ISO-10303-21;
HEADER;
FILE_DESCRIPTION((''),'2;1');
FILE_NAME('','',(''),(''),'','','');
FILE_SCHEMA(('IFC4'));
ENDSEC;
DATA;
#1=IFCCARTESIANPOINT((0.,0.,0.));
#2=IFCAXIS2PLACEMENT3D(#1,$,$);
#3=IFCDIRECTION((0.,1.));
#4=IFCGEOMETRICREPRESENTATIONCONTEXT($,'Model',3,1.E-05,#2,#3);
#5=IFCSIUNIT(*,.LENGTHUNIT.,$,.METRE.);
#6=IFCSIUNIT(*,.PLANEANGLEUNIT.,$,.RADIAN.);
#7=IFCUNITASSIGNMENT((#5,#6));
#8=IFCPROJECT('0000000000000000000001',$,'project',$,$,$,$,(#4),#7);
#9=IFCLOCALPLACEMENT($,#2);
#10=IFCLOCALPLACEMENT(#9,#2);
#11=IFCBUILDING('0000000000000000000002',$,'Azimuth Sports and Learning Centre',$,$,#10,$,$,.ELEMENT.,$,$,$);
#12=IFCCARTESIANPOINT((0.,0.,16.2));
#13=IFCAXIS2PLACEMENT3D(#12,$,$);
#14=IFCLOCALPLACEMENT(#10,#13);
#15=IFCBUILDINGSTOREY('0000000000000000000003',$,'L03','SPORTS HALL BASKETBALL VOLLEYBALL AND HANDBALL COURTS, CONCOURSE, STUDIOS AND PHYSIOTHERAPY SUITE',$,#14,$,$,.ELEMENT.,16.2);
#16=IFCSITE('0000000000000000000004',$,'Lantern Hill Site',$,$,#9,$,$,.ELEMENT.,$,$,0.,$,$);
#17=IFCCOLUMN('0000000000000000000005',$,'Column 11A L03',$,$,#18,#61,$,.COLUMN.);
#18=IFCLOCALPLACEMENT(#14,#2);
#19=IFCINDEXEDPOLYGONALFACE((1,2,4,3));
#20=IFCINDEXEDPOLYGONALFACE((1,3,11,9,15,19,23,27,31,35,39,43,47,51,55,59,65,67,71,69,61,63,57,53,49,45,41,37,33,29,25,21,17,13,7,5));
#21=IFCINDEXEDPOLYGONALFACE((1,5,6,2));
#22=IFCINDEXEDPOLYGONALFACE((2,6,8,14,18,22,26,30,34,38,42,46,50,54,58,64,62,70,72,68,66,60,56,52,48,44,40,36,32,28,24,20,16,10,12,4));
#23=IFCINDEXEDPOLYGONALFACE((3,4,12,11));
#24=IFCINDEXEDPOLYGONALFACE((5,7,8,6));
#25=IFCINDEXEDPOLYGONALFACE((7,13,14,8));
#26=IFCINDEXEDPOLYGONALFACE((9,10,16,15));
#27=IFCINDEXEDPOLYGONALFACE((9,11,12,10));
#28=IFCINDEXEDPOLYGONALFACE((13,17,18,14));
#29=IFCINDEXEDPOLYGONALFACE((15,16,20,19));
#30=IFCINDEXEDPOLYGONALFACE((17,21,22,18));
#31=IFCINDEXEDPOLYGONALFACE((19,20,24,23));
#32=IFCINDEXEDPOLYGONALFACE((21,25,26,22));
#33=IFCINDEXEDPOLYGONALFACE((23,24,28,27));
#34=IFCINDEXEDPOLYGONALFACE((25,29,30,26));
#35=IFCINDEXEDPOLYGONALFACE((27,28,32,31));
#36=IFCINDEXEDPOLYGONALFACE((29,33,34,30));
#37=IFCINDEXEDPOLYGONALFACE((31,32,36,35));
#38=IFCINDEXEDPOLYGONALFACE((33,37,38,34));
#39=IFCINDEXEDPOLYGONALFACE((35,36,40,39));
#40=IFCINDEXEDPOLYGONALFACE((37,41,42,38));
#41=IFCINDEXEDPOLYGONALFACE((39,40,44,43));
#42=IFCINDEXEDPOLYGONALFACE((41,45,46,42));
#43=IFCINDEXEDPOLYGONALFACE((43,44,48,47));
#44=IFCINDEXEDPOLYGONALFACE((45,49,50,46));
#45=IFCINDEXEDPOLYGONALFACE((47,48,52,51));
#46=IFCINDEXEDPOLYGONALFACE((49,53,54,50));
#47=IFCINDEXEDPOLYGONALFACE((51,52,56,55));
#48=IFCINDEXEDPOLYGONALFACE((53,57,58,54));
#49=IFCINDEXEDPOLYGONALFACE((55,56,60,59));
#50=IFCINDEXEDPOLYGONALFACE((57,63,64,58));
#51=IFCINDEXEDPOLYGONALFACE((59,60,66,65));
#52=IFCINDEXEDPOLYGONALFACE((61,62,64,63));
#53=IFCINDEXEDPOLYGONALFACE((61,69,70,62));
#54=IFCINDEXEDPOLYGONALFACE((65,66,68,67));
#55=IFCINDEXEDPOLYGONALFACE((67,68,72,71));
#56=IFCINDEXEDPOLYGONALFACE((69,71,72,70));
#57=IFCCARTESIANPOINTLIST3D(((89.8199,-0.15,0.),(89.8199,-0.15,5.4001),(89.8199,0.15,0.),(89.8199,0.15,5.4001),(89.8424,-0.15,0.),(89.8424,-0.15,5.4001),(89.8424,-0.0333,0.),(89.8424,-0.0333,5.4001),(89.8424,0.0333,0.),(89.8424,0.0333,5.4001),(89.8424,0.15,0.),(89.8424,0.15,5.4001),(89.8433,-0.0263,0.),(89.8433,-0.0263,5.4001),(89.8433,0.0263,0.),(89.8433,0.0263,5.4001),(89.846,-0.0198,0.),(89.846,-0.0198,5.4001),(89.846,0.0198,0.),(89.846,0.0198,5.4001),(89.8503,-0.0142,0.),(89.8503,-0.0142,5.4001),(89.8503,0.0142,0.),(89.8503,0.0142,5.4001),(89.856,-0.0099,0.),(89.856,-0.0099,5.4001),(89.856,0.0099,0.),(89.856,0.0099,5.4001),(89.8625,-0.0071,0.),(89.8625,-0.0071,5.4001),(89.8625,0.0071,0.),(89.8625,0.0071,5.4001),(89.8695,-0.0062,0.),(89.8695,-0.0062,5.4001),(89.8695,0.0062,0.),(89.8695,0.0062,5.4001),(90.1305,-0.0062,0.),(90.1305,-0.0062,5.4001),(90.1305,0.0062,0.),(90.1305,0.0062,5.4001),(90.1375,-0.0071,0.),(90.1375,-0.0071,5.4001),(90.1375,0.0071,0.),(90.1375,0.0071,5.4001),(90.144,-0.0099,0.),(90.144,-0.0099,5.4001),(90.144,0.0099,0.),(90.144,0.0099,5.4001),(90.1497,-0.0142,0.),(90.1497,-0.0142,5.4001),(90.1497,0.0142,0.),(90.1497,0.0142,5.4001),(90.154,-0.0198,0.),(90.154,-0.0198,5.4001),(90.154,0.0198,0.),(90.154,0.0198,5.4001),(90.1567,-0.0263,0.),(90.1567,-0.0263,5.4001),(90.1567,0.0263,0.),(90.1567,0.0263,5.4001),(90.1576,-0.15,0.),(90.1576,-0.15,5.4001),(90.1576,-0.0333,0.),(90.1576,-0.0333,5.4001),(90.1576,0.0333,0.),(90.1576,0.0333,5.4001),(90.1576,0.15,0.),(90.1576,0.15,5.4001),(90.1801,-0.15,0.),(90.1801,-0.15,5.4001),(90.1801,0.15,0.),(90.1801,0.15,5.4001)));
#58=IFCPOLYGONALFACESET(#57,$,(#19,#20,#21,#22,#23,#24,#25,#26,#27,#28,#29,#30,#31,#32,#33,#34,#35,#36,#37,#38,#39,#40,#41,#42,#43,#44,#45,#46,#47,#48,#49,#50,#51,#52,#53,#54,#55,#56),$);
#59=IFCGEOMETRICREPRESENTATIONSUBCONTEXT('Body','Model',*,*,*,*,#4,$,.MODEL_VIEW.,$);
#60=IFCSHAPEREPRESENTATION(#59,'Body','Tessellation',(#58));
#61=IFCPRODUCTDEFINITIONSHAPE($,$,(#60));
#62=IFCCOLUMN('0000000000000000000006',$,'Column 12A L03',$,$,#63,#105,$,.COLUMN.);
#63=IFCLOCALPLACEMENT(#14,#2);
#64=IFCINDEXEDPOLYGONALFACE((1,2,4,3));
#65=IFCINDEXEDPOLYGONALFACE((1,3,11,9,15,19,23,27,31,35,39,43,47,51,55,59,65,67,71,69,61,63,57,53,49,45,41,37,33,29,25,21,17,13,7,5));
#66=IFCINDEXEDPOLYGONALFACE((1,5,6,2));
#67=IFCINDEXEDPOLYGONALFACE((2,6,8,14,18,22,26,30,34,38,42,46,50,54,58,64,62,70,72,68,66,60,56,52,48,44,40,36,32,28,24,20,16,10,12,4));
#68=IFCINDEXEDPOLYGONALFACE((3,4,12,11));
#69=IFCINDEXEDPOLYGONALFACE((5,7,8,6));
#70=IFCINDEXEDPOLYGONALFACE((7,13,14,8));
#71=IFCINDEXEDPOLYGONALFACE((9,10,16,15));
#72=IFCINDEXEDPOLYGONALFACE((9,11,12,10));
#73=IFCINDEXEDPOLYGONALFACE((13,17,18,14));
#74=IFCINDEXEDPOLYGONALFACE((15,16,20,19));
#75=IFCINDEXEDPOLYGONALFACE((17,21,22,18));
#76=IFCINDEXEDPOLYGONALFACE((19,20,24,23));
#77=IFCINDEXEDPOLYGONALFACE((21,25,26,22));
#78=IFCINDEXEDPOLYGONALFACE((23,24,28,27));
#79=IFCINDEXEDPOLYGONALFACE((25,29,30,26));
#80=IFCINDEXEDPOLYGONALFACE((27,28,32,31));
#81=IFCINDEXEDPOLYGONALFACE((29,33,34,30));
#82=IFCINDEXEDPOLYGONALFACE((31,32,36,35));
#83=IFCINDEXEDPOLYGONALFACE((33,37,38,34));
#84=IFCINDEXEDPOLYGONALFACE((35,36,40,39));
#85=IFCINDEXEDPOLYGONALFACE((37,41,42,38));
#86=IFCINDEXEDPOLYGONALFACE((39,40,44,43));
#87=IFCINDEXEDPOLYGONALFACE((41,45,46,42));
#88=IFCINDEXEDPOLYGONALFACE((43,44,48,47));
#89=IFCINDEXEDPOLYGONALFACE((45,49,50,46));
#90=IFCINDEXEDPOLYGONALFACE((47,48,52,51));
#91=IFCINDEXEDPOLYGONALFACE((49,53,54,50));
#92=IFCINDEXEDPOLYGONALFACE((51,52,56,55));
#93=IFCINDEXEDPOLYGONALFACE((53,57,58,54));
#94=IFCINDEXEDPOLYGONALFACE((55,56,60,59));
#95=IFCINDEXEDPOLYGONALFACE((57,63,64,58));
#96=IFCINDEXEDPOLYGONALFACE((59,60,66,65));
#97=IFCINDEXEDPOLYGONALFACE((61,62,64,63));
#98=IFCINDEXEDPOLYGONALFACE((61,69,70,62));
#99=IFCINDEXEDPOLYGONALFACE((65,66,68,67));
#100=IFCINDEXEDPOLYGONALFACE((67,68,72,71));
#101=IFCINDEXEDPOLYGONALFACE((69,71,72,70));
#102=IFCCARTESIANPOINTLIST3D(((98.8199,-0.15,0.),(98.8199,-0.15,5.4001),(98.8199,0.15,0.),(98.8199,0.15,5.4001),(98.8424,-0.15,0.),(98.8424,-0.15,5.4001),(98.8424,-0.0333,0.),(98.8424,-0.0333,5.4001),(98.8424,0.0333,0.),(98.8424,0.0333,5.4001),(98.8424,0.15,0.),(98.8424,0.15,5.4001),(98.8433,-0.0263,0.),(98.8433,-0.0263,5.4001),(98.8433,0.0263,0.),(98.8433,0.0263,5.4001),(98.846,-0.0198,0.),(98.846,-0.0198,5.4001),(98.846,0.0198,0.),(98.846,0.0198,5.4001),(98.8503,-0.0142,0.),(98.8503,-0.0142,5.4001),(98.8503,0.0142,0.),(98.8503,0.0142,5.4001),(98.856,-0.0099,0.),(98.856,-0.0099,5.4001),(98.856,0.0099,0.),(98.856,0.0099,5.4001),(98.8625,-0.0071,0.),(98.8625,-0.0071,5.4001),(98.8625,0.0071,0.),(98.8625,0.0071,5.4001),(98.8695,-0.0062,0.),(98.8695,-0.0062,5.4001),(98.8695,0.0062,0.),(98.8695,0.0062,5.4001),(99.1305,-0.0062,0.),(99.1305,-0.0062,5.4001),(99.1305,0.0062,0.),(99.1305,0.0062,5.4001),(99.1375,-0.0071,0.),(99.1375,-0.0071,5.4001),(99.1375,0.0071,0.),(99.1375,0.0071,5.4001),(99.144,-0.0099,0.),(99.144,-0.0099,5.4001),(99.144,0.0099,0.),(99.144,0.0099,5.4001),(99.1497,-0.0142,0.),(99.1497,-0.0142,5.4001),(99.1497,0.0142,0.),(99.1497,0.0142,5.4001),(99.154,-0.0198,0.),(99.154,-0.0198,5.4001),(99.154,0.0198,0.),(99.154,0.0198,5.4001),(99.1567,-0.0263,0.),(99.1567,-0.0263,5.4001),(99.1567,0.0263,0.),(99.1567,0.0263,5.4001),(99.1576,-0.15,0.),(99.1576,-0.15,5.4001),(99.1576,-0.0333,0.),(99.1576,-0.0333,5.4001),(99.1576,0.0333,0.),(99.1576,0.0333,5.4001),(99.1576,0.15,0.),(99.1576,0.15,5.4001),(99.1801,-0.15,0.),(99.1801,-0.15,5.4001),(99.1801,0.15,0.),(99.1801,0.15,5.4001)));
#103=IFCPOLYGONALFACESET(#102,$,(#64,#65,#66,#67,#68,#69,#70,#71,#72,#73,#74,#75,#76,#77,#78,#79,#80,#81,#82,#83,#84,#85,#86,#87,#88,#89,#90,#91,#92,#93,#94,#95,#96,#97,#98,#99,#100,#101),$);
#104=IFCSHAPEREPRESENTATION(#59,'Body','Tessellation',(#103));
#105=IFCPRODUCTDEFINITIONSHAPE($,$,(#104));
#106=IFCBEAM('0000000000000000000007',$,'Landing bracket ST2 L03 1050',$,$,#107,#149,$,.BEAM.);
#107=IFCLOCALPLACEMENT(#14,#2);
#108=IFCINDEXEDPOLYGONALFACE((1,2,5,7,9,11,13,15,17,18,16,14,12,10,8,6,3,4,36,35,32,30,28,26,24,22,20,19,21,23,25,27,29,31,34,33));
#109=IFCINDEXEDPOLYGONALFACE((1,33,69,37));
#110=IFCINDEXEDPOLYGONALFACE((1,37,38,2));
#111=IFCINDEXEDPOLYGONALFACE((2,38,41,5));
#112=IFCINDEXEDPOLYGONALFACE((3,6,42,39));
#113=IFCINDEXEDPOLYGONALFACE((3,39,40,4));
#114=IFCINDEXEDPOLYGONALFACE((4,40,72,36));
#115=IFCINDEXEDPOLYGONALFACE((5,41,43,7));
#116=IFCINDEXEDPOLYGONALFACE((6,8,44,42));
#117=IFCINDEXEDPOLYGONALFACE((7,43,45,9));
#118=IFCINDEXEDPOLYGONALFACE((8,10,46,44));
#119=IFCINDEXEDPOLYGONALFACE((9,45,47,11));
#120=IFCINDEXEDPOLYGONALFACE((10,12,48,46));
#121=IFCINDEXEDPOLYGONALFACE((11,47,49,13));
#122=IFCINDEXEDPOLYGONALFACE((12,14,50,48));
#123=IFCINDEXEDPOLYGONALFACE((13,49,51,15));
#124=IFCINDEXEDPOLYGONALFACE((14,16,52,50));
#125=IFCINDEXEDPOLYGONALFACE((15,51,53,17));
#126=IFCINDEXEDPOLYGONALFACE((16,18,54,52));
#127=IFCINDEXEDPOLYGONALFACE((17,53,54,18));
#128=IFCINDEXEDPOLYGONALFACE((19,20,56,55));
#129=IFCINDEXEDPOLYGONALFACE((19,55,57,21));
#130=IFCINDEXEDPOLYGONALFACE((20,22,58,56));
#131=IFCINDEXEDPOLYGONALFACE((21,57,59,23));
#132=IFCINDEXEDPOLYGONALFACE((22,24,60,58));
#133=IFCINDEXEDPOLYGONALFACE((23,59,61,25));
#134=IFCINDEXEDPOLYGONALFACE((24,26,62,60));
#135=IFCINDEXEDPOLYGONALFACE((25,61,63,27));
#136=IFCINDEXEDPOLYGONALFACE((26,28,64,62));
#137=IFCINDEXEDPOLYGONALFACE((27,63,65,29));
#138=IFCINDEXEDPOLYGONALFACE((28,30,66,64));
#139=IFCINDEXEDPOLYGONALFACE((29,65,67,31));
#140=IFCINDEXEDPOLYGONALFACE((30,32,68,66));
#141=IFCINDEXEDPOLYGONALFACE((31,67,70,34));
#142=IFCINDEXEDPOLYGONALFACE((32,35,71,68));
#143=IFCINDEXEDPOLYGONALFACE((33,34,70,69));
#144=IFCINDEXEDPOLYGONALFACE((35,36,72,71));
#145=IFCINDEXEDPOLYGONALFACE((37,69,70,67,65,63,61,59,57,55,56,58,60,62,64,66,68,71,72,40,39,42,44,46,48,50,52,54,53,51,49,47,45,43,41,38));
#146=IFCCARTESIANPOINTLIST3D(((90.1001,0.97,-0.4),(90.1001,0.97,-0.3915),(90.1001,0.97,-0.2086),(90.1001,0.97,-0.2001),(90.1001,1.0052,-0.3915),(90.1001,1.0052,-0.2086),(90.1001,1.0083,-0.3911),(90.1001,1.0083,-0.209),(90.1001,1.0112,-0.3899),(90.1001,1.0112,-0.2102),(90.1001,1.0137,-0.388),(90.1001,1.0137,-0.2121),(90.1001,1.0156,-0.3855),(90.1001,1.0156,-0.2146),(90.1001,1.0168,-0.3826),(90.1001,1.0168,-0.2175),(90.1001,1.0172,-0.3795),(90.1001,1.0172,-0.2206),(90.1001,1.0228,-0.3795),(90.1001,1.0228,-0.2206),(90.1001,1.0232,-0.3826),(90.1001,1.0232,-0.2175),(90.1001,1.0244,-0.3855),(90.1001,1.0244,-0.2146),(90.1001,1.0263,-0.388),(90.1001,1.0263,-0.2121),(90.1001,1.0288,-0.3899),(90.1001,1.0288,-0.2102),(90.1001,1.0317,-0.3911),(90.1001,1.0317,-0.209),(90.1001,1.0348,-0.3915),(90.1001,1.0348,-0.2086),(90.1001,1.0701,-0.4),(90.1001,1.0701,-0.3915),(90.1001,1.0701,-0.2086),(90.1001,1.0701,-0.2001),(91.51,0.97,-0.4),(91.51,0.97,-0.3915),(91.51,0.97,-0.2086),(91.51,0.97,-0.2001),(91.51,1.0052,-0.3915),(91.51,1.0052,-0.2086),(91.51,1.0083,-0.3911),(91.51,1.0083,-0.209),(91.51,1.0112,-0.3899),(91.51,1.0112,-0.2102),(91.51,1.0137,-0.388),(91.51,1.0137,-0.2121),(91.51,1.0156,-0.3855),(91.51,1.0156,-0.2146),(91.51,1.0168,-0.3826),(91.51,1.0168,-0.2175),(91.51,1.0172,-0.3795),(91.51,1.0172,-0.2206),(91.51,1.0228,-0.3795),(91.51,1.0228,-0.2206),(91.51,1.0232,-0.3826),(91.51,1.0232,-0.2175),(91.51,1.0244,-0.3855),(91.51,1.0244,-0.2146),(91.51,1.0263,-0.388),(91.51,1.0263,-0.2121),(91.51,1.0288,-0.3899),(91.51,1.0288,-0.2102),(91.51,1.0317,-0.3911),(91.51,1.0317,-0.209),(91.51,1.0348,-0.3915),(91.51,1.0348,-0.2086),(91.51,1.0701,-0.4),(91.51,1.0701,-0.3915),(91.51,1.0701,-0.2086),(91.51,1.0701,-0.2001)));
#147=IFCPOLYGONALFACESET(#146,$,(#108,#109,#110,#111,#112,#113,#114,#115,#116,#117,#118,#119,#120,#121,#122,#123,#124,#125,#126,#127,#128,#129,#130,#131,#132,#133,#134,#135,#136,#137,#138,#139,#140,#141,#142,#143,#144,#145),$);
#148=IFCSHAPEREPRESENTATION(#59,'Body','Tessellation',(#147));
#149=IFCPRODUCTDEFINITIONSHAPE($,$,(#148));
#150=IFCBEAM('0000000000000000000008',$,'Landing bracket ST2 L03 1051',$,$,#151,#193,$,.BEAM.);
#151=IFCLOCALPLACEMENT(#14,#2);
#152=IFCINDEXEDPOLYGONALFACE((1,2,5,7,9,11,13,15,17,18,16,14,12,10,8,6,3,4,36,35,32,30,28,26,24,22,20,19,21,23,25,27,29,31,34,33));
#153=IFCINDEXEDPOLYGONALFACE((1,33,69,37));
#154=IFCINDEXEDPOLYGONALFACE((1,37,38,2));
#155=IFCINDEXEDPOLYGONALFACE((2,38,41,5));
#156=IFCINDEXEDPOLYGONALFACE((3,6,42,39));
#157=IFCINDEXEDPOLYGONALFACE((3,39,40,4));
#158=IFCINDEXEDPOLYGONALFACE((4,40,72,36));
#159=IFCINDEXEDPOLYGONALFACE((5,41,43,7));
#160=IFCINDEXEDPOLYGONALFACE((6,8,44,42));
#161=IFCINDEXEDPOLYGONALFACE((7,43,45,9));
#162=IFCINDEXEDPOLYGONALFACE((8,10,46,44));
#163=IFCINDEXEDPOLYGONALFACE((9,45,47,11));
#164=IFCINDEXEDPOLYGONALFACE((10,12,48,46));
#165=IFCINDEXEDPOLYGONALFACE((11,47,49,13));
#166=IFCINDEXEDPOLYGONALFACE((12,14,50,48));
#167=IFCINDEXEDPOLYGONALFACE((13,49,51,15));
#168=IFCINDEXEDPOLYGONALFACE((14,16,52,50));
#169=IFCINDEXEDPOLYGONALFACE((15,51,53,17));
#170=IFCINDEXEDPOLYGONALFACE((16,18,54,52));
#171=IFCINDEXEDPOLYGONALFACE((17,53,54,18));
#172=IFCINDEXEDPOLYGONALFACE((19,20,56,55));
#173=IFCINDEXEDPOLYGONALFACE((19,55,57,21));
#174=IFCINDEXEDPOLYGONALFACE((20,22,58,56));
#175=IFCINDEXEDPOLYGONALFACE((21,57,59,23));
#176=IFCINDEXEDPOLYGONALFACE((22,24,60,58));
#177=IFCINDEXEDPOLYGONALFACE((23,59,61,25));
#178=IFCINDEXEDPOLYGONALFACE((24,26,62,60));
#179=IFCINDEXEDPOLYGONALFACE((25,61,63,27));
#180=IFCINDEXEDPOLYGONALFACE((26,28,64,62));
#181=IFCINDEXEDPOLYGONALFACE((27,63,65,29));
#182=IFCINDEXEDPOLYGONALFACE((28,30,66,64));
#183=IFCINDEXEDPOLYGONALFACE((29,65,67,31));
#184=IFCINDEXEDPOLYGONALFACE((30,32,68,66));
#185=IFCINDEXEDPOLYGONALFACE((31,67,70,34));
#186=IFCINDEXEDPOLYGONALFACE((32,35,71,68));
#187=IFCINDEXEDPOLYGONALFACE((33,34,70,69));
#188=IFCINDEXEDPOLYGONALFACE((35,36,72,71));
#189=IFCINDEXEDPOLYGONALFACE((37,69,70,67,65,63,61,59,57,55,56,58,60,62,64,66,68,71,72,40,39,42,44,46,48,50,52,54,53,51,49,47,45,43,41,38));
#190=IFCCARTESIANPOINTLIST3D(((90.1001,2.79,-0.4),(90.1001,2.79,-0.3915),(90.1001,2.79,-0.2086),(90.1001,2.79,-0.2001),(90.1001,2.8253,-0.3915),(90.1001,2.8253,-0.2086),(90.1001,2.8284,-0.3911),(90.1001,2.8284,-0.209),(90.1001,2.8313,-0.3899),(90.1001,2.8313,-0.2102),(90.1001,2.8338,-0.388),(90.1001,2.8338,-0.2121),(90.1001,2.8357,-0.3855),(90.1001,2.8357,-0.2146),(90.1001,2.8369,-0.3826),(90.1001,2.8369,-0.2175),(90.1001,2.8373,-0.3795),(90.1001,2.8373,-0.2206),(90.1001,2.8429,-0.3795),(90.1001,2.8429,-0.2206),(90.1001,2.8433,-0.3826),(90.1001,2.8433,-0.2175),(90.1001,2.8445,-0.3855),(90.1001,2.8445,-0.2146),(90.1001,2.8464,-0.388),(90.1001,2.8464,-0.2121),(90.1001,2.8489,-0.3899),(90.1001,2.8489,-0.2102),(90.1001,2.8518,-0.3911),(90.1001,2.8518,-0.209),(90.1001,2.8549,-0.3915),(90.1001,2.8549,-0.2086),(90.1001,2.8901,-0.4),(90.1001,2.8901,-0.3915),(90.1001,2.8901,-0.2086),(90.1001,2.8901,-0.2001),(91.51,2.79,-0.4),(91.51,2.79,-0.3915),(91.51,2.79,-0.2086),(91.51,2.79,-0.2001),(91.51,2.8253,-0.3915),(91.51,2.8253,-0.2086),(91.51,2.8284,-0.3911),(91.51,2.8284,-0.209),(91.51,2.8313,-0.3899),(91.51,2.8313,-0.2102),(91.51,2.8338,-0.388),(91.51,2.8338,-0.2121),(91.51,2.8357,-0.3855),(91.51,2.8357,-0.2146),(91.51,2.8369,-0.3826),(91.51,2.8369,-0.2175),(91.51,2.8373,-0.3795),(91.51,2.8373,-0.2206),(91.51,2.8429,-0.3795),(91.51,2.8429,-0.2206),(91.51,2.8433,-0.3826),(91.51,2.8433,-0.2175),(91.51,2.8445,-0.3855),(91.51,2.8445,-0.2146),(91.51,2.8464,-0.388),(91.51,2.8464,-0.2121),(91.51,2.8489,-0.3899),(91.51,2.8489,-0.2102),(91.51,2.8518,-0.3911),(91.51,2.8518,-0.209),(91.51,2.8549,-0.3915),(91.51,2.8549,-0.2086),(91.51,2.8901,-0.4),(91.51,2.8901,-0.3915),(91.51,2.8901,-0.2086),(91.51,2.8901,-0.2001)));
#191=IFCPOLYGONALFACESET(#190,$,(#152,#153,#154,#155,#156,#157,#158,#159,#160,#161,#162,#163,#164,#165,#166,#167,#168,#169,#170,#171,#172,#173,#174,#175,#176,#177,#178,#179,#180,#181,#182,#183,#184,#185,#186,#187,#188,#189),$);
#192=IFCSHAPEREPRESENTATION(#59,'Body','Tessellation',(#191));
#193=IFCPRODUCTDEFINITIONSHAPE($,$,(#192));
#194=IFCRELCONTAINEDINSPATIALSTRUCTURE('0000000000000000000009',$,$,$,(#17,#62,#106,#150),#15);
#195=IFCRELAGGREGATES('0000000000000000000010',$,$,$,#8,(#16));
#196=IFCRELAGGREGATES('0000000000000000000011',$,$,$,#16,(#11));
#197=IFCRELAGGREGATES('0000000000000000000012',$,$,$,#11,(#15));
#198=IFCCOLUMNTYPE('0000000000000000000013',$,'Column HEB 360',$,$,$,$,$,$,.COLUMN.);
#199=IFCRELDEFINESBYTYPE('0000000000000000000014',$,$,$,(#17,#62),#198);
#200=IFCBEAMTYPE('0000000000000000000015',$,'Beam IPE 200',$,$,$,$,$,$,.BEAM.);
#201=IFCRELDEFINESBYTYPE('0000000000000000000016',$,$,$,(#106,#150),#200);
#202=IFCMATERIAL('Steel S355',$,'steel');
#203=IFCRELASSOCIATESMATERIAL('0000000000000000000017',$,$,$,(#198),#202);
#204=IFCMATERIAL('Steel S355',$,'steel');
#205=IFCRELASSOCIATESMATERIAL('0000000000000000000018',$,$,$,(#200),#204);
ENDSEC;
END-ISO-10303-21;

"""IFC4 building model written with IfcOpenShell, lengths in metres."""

from ifc_helpers import new_model, si_unit, direction, frame, origin, origin_2d, place, context, subcontext, project, spatial, i_section, extrude, material, material_profile, profile_set, type_object, element, save


model = new_model("IFC4")

# Units and contexts
model_context = context("Model", 3, precision=1e-05, world=origin(), true_north=direction((0.0, 1.0)))
body_context = subcontext(model_context, "Body", "Model", "MODEL_VIEW")
ifc_project = project(units=[si_unit("LENGTHUNIT", "METRE"), si_unit("PLANEANGLEUNIT", "RADIAN")], contexts=[model_context])

# Site, building, storey
site_placement = place(None, origin())
site = spatial("IfcSite", under=ifc_project, at=site_placement, Name="Lantern Hill Site", CompositionType="ELEMENT", RefElevation=0.0)
building_placement = place(site_placement, origin())
building = spatial("IfcBuilding", under=site, at=building_placement, Name="Azimuth Sports and Learning Centre", CompositionType="ELEMENT")
storey_placement = place(building_placement, frame((0.0, 0.0, 16.2)))
storey = spatial("IfcBuildingStorey", under=building, at=storey_placement, Name="L03", Description="SPORTS HALL BASKETBALL VOLLEYBALL AND HANDBALL COURTS, CONCOURSE, STUDIOS AND PHYSIOTHERAPY SUITE", CompositionType="ELEMENT", Elevation=16.2)

# Columns
ifc_material_1 = material(Name="Steel S355", Category="steel")
ifc_material_profile_1 = material_profile(ifc_material_1, i_section(OverallWidth=0.3, OverallDepth=0.3601, WebThickness=0.0125, FlangeThickness=0.0225, FilletRadius=0.0271, at=origin_2d()), Name="HEB 360")
ifc_profile_set_1 = profile_set([ifc_material_profile_1], Name="Steel S355")
column_type = type_object("IfcColumnType", Name="Column HEB 360", PredefinedType="COLUMN", material=ifc_profile_set_1)
for number, where, z_axis, x_axis, name in (
    (1, (90.0, 0.0, 0.0), (0.0, 0.0, 1.0), (0.0, 1.0, 0.0), "Column 11A L03"),
    (2, (99.0, 0.0, 0.0), (0.0, 0.0, 1.0), (0.0, 1.0, 0.0), "Column 12A L03"),
):
    element("IfcColumn", number, at=place(storey_placement, frame(where, z_axis=z_axis, x_axis=x_axis)), inside=storey, type_object=column_type, Name=name, PredefinedType="COLUMN", context=body_context, shape_type="SweptSolid", body=[
        extrude(i_section(OverallWidth=0.3, OverallDepth=0.3601, WebThickness=0.0125, FlangeThickness=0.0225, FilletRadius=0.0271, at=origin_2d()), origin(), (0.0, 0.0, 1.0), 5.4001),
    ])

# Beams
ifc_material_2 = material(Name="Steel S355", Category="steel")
ifc_material_profile_2 = material_profile(ifc_material_2, i_section(OverallWidth=0.1001, OverallDepth=0.2, WebThickness=0.0056, FlangeThickness=0.0085, FilletRadius=0.012, at=origin_2d()), Name="IPE 200")
ifc_profile_set_2 = profile_set([ifc_material_profile_2], Name="Steel S355")
beam_type = type_object("IfcBeamType", Name="Beam IPE 200", PredefinedType="BEAM", material=ifc_profile_set_2)
for number, where, z_axis, x_axis, name in (
    (3, (90.1001, 1.02, -0.3), (1.0, 0.0, 0.0), (0.0, 1.0, 0.0), "Landing bracket ST2 L03 1050"),
    (4, (90.1001, 2.8401, -0.3), (1.0, 0.0, 0.0), (0.0, 1.0, 0.0), "Landing bracket ST2 L03 1051"),
):
    element("IfcBeam", number, at=place(storey_placement, frame(where, z_axis=z_axis, x_axis=x_axis)), inside=storey, type_object=beam_type, Name=name, PredefinedType="BEAM", context=body_context, shape_type="SweptSolid", body=[
        extrude(i_section(OverallWidth=0.1001, OverallDepth=0.2, WebThickness=0.0056, FlangeThickness=0.0085, FilletRadius=0.012, at=origin_2d()), origin(), (0.0, 0.0, 1.0), 1.4099),
    ])

save(model, "model.ifc")
